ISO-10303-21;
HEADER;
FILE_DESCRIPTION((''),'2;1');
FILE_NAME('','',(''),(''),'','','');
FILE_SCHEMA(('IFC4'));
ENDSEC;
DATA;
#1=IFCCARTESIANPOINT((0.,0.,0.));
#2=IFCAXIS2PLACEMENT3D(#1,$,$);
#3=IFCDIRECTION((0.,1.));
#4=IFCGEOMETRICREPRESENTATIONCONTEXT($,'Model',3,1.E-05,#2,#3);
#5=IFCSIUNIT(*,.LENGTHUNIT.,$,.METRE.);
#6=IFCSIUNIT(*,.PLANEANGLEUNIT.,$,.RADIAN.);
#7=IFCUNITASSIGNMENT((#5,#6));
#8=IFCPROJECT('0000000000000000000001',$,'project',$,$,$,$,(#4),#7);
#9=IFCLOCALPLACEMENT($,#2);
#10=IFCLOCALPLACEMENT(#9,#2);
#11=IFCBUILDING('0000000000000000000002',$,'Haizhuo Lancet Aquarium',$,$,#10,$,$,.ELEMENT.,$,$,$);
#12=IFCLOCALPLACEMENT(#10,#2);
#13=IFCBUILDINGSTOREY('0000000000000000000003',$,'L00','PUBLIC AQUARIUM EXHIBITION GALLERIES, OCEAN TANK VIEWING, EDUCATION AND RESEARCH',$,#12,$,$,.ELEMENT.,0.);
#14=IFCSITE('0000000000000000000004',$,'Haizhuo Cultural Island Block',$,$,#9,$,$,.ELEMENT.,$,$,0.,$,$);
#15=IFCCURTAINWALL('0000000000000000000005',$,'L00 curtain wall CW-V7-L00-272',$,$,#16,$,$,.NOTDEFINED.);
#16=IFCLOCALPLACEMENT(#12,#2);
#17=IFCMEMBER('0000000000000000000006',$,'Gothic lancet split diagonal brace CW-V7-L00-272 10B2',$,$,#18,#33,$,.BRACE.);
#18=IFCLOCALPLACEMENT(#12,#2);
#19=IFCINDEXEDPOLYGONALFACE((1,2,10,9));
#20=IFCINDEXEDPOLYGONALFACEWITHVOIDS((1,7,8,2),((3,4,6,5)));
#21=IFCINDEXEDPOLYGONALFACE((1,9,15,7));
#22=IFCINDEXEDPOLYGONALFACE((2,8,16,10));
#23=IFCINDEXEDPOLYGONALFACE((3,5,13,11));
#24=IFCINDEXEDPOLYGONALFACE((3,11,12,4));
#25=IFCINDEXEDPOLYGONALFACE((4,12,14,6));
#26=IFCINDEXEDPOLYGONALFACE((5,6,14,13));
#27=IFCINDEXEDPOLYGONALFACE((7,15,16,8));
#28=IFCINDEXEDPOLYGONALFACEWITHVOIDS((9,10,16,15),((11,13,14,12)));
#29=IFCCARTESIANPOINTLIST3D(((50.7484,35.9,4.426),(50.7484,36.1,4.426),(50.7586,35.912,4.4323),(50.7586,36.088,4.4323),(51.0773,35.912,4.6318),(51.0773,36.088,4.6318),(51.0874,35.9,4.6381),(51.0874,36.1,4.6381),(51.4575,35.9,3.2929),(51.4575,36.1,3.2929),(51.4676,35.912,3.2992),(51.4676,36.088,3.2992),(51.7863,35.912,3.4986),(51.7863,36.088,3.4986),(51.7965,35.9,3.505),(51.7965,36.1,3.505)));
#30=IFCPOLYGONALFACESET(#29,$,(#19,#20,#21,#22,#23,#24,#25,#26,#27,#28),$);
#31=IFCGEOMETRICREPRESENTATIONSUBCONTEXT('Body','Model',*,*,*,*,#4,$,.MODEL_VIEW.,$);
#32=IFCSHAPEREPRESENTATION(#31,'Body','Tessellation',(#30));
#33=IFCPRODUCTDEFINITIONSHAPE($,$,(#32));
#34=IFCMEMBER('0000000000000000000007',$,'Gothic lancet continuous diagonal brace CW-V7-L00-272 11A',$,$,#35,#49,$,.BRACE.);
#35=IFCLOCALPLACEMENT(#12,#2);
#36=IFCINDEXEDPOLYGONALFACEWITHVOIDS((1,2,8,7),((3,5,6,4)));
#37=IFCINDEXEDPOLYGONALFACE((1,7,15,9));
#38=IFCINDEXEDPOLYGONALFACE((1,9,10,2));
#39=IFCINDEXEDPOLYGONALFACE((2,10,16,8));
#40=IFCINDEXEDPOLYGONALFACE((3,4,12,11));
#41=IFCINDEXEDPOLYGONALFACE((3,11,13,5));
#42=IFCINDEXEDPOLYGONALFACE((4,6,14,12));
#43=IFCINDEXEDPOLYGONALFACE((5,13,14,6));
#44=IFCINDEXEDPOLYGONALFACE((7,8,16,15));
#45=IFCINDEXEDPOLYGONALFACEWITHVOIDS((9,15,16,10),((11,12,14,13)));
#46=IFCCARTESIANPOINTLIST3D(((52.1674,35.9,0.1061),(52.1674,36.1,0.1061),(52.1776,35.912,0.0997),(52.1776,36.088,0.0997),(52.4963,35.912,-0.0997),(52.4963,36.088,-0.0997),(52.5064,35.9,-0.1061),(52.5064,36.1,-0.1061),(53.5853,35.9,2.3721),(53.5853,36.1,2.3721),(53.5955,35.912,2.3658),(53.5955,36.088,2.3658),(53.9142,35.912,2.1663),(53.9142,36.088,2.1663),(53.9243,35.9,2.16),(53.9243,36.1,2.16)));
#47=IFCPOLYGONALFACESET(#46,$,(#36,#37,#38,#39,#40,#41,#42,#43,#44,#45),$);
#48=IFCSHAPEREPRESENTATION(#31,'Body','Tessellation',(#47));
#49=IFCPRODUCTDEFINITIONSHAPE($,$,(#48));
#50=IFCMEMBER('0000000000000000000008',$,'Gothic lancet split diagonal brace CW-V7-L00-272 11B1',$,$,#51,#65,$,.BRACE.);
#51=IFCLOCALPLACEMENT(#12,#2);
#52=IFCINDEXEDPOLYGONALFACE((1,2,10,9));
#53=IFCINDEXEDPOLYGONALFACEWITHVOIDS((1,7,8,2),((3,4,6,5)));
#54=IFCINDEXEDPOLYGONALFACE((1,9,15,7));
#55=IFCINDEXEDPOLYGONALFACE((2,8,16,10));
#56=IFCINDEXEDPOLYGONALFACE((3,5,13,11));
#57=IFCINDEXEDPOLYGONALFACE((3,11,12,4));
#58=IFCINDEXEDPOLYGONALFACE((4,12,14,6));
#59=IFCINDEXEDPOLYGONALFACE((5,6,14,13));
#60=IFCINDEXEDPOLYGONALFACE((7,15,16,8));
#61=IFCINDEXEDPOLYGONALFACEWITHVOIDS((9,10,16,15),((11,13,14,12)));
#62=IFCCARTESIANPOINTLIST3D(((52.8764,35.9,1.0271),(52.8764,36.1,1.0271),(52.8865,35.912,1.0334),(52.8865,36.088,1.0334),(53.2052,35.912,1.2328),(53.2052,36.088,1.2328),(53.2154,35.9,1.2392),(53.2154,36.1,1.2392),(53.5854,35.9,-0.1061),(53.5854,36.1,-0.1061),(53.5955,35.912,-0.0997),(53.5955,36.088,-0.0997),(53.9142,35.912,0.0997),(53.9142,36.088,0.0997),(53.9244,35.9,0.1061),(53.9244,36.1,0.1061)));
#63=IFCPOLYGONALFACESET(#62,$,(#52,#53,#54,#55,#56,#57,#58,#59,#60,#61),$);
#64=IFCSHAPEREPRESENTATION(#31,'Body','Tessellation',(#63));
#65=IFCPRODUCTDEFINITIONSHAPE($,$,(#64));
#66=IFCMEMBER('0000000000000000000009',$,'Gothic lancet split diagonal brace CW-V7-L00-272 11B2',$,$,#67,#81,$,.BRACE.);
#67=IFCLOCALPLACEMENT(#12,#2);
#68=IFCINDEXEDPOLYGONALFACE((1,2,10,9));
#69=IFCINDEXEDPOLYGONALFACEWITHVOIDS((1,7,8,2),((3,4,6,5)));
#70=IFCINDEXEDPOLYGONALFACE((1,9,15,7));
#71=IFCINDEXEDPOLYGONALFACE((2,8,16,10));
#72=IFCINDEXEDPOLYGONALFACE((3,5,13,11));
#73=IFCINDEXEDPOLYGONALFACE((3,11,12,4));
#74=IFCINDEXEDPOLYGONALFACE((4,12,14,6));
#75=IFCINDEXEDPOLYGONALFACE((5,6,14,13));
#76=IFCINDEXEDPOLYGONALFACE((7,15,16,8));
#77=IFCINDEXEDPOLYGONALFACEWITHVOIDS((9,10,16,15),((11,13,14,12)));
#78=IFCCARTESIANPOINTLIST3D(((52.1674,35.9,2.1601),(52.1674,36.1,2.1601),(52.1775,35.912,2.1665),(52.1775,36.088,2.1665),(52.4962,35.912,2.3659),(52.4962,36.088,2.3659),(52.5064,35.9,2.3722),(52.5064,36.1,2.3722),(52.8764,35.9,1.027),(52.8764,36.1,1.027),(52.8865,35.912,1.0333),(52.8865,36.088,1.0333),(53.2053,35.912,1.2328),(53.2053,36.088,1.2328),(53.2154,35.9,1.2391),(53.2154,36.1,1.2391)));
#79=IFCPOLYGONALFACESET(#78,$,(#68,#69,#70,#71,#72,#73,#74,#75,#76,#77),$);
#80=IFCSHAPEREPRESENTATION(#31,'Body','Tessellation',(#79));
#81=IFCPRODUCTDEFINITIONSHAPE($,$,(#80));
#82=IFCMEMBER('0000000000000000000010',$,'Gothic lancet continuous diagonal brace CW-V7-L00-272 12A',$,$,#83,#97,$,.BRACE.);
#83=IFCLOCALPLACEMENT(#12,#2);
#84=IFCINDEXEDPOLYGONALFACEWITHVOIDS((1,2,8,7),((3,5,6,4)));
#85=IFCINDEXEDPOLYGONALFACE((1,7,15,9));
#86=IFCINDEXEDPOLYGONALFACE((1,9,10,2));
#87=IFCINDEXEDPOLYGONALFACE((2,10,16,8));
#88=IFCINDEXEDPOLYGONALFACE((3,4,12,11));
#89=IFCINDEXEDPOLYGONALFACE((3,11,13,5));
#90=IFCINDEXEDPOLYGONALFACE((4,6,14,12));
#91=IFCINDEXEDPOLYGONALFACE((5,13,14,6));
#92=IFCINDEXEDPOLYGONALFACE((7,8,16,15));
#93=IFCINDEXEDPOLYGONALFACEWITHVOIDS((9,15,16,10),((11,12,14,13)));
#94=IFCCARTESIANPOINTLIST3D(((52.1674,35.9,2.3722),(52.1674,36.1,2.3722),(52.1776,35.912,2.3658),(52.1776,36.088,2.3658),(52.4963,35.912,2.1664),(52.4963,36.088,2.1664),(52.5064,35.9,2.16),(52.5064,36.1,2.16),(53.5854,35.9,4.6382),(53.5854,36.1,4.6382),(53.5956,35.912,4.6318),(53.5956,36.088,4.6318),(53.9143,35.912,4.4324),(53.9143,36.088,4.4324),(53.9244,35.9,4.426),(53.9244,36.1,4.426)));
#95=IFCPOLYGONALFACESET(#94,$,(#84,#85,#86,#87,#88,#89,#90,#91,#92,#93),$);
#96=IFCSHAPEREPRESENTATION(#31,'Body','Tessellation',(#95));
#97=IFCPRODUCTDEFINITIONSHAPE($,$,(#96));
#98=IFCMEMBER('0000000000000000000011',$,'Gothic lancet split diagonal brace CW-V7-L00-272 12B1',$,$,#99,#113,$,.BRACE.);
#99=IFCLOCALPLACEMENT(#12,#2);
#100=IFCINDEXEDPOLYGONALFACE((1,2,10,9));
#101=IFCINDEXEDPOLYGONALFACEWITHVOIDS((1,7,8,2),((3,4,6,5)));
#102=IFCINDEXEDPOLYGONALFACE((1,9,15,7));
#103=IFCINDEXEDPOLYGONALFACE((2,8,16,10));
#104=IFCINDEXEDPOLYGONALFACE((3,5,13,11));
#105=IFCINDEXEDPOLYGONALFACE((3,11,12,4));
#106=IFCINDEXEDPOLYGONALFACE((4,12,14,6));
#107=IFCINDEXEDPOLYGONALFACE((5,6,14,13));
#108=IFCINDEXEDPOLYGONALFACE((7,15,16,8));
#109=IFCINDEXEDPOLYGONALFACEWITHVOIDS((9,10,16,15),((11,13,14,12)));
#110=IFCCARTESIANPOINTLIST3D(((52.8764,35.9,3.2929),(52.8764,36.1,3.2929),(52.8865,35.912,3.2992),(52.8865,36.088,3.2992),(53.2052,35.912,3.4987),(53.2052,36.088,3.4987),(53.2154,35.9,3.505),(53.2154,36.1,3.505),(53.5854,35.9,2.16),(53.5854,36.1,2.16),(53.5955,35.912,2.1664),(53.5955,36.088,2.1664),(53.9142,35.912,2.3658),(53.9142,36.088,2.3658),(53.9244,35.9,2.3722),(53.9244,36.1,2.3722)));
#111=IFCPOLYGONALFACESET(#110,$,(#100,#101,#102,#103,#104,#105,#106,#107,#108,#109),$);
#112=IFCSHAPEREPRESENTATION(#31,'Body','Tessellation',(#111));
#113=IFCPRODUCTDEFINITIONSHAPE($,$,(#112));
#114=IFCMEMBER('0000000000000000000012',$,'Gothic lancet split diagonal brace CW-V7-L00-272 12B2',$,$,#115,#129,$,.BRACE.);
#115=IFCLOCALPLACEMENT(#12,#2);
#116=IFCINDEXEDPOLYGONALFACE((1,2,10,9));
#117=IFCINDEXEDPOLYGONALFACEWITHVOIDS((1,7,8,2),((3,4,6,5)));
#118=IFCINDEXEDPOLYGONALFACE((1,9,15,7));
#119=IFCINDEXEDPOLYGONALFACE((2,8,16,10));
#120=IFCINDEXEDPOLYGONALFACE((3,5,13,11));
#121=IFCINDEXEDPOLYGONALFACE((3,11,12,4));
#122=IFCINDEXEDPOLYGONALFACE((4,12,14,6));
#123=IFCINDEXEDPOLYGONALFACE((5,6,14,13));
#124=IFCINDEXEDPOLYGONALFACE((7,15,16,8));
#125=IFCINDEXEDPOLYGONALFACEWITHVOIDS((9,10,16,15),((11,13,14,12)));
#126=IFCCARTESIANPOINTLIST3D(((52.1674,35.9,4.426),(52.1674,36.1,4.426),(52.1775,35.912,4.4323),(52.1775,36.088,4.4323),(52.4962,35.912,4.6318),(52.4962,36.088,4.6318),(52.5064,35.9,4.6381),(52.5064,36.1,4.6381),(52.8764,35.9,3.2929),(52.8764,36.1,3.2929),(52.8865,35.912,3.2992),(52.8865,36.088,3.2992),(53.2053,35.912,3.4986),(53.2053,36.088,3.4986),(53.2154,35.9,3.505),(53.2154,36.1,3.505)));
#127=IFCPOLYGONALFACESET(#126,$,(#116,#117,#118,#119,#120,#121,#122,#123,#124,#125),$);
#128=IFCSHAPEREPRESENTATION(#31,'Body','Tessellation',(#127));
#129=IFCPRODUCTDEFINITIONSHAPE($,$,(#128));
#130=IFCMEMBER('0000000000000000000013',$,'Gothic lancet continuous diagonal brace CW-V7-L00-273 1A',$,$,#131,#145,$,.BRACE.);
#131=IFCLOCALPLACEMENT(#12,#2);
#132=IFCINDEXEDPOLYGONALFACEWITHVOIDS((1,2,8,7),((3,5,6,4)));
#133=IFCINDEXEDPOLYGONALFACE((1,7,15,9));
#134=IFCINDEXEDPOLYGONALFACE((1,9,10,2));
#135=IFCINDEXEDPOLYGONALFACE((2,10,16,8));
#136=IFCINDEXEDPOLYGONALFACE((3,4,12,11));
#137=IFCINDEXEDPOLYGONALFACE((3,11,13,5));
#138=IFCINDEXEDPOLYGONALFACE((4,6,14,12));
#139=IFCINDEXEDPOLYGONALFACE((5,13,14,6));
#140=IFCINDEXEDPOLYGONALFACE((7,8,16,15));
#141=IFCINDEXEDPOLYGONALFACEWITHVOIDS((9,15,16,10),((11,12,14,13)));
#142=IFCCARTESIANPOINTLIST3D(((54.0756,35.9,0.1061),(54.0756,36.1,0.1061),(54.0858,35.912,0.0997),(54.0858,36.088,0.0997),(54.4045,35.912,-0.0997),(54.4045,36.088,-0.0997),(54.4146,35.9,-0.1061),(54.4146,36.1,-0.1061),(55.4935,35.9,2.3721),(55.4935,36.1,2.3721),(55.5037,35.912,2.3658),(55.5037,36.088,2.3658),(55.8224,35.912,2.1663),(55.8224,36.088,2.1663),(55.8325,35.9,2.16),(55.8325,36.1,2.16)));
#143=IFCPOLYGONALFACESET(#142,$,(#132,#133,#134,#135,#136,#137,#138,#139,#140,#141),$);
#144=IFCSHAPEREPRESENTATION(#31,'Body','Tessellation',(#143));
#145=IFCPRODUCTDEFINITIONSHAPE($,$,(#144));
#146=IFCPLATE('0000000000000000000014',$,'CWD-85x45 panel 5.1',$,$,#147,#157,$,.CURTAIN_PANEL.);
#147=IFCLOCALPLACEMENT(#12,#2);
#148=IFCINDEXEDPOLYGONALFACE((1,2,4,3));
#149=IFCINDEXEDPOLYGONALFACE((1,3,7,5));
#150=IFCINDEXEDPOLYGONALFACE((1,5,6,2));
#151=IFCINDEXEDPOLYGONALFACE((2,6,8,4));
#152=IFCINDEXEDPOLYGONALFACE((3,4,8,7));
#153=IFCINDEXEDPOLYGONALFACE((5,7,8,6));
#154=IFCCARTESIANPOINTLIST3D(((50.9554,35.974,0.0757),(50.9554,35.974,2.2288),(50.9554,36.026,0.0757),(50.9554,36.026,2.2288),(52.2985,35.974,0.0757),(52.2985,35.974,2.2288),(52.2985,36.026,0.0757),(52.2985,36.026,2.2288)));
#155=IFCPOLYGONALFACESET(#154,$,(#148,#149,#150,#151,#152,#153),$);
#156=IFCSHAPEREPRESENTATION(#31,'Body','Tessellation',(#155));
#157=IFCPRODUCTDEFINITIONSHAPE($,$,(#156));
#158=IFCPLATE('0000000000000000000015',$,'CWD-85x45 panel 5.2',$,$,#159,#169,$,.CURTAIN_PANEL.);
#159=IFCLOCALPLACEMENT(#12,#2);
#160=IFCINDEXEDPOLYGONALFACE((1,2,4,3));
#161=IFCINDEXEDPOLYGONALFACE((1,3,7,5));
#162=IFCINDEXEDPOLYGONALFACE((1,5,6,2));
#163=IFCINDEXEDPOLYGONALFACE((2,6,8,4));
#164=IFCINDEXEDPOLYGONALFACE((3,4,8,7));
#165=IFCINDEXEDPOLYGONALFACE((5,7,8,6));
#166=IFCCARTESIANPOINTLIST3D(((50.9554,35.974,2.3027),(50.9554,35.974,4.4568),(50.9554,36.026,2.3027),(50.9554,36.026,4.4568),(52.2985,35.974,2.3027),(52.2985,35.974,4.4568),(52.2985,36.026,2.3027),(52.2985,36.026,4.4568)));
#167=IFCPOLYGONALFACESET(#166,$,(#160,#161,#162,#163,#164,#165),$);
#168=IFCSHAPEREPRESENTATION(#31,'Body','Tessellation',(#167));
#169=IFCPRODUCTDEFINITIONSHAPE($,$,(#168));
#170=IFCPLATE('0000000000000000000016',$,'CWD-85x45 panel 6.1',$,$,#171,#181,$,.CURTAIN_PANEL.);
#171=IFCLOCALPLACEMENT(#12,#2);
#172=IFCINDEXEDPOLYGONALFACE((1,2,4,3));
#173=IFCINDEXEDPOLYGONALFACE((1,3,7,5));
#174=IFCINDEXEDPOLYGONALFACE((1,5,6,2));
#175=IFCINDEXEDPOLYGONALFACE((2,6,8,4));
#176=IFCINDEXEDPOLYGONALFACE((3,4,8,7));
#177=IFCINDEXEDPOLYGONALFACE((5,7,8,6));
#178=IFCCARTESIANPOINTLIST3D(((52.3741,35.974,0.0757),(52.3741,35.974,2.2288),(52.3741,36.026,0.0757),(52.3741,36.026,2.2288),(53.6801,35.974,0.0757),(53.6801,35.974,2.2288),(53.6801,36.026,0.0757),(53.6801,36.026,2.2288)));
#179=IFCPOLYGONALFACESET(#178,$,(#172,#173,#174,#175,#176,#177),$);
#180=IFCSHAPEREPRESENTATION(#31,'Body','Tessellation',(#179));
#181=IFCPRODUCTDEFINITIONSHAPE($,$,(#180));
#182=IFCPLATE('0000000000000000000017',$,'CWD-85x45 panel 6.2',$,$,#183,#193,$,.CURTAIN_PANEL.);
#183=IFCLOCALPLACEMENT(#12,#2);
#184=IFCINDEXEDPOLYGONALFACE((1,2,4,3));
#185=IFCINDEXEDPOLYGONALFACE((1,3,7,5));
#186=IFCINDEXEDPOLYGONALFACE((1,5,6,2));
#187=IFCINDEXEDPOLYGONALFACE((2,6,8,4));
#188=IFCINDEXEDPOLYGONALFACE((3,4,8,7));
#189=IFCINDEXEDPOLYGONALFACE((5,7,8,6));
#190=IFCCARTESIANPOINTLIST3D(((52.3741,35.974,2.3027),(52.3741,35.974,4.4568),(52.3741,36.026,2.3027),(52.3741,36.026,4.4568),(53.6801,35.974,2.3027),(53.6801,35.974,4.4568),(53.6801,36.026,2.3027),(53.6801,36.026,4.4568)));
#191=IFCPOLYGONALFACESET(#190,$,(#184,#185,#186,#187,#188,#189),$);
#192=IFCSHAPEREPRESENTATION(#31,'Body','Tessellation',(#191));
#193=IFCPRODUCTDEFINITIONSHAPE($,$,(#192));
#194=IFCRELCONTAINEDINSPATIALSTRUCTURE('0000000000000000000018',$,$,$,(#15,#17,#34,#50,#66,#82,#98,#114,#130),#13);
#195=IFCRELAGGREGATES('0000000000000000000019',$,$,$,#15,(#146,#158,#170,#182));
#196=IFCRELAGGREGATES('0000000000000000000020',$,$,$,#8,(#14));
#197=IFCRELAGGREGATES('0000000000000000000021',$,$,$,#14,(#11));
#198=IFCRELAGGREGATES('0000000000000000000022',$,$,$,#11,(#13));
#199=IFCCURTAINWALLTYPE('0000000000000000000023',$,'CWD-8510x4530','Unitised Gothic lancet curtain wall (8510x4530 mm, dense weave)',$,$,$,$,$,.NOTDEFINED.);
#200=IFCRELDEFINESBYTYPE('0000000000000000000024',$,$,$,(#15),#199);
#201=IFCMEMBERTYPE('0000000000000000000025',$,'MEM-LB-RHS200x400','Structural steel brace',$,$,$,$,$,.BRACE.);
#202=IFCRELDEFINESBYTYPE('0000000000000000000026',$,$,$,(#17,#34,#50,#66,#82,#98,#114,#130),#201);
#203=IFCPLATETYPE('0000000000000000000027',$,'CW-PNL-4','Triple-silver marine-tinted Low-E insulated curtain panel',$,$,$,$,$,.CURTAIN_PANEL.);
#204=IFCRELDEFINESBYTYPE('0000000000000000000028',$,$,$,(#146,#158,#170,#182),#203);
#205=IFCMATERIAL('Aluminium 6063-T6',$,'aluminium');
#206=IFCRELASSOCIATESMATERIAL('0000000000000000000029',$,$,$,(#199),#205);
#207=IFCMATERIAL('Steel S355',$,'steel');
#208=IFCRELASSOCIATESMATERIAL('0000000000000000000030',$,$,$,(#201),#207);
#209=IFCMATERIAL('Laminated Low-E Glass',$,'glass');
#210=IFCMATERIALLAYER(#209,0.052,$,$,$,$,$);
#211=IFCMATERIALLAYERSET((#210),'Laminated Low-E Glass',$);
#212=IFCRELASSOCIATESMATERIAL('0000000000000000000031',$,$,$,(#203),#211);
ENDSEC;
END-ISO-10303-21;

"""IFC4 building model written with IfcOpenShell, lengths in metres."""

from ifc_helpers import new_model, si_unit, direction, frame, origin, origin_2d, place, context, subcontext, project, spatial, rectangle, hollow_rectangle, extrude, material, layer, layer_set, material_profile, profile_set, type_object, element, aggregate, save


model = new_model("IFC4")

# Units and contexts
model_context = context("Model", 3, precision=1e-05, world=origin(), true_north=direction((0.0, 1.0)))
body_context = subcontext(model_context, "Body", "Model", "MODEL_VIEW")
ifc_project = project(units=[si_unit("LENGTHUNIT", "METRE"), si_unit("PLANEANGLEUNIT", "RADIAN")], contexts=[model_context])

# Site, building, storey
site_placement = place(None, origin())
site = spatial("IfcSite", under=ifc_project, at=site_placement, Name="Haizhuo Cultural Island Block", CompositionType="ELEMENT", RefElevation=0.0)
building_placement = place(site_placement, origin())
building = spatial("IfcBuilding", under=site, at=building_placement, Name="Haizhuo Lancet Aquarium", CompositionType="ELEMENT")
storey_placement = place(building_placement, origin())
storey = spatial("IfcBuildingStorey", under=building, at=storey_placement, Name="L00", Description="PUBLIC AQUARIUM EXHIBITION GALLERIES, OCEAN TANK VIEWING, EDUCATION AND RESEARCH", CompositionType="ELEMENT", Elevation=0.0)

# Shared definitions
ifc_material_1 = material(Name="Steel S355", Category="steel")

# Curtain wall
ifc_material_2 = material(Name="Aluminium 6063-T6", Category="aluminium")
curtain_wall_type = type_object("IfcCurtainWallType", Name="CWD-8510x4530", Description="Unitised Gothic lancet curtain wall (8510x4530 mm, dense weave)", PredefinedType="NOTDEFINED", material=ifc_material_2)
curtain_wall_placement = place(storey_placement, origin())
curtain_wall = element("IfcCurtainWall", 1, at=curtain_wall_placement, inside=storey, type_object=curtain_wall_type, Name="L00 curtain wall CW-V7-L00-272", PredefinedType="NOTDEFINED")

# Members
ifc_material_profile_1 = material_profile(ifc_material_1, hollow_rectangle(XDim=0.2, YDim=0.3999, WallThickness=0.012, at=origin_2d()), Name="RHS 200x400x12")
ifc_profile_set_1 = profile_set([ifc_material_profile_1], Name="Steel S355")
member_type_1 = type_object("IfcMemberType", Name="MEM-LB-RHS200x400", Description="Structural steel brace", PredefinedType="BRACE", material=ifc_profile_set_1)
member_1_placement = place(storey_placement, frame((51.627, 36.0, 3.3989), z_axis=(-0.530442, 0.0, 0.847721), x_axis=(0.0, -1.0, 0.0)))
element("IfcMember", 2, at=member_1_placement, inside=storey, type_object=member_type_1, Name="Gothic lancet split diagonal brace CW-V7-L00-272 10B2", PredefinedType="BRACE", context=body_context, shape_type="SweptSolid", body=[
    extrude(hollow_rectangle(XDim=0.2, YDim=0.3999, WallThickness=0.012, at=origin_2d()), origin(), (0.0, 0.0, 1.0), 1.3367),
])
member_2_placement = place(storey_placement, frame((52.3369, 36.0, 0.0), z_axis=(0.530442, 0.0, 0.847721), x_axis=(0.0, 1.0, 0.0)))
element("IfcMember", 3, at=member_2_placement, inside=storey, type_object=member_type_1, Name="Gothic lancet continuous diagonal brace CW-V7-L00-272 11A", PredefinedType="BRACE", context=body_context, shape_type="SweptSolid", body=[
    extrude(hollow_rectangle(XDim=0.2, YDim=0.3999, WallThickness=0.012, at=origin_2d()), origin(), (0.0, 0.0, 1.0), 2.6731),
])
for number, where, z_axis, x_axis, name in (
    (4, (53.7549, 36.0, 0.0), (-0.530442, 0.0, 0.847721), (0.0, -1.0, 0.0), "Gothic lancet split diagonal brace CW-V7-L00-272 11B1"),
    (5, (53.0459, 36.0, 1.1331), (-0.530442, 0.0, 0.847721), (0.0, -1.0, 0.0), "Gothic lancet split diagonal brace CW-V7-L00-272 11B2"),
):
    element("IfcMember", number, at=place(storey_placement, frame(where, z_axis=z_axis, x_axis=x_axis)), inside=storey, type_object=member_type_1, Name=name, PredefinedType="BRACE", context=body_context, shape_type="SweptSolid", body=[
        extrude(hollow_rectangle(XDim=0.2, YDim=0.3999, WallThickness=0.012, at=origin_2d()), origin(), (0.0, 0.0, 1.0), 1.3367),
    ])
member_3_placement = place(storey_placement, frame((52.3369, 36.0, 2.2661), z_axis=(0.530483, 0.0, 0.847695), x_axis=(0.0, 1.0, 0.0)))
element("IfcMember", 6, at=member_3_placement, inside=storey, type_object=member_type_1, Name="Gothic lancet continuous diagonal brace CW-V7-L00-272 12A", PredefinedType="BRACE", context=body_context, shape_type="SweptSolid", body=[
    extrude(hollow_rectangle(XDim=0.2, YDim=0.3999, WallThickness=0.012, at=origin_2d()), origin(), (0.0, 0.0, 1.0), 2.6731),
])
member_4_placement = place(storey_placement, frame((53.7549, 36.0, 2.2661), z_axis=(-0.530524, 0.0, 0.84767), x_axis=(0.0, -1.0, 0.0)))
element("IfcMember", 7, at=member_4_placement, inside=storey, type_object=member_type_1, Name="Gothic lancet split diagonal brace CW-V7-L00-272 12B1", PredefinedType="BRACE", context=body_context, shape_type="SweptSolid", body=[
    extrude(hollow_rectangle(XDim=0.2, YDim=0.3999, WallThickness=0.012, at=origin_2d()), origin(), (0.0, 0.0, 1.0), 1.3364),
])
member_5_placement = place(storey_placement, frame((53.0459, 36.0, 3.3989), z_axis=(-0.530442, 0.0, 0.847721), x_axis=(0.0, -1.0, 0.0)))
element("IfcMember", 8, at=member_5_placement, inside=storey, type_object=member_type_1, Name="Gothic lancet split diagonal brace CW-V7-L00-272 12B2", PredefinedType="BRACE", context=body_context, shape_type="SweptSolid", body=[
    extrude(hollow_rectangle(XDim=0.2, YDim=0.3999, WallThickness=0.012, at=origin_2d()), origin(), (0.0, 0.0, 1.0), 1.3367),
])
member_6_placement = place(storey_placement, frame((54.2451, 36.0, 0.0), z_axis=(0.530442, 0.0, 0.847721), x_axis=(0.0, 1.0, 0.0)))
element("IfcMember", 9, at=member_6_placement, inside=storey, type_object=member_type_1, Name="Gothic lancet continuous diagonal brace CW-V7-L00-273 1A", PredefinedType="BRACE", context=body_context, shape_type="SweptSolid", body=[
    extrude(hollow_rectangle(XDim=0.2, YDim=0.3999, WallThickness=0.012, at=origin_2d()), origin(), (0.0, 0.0, 1.0), 2.6731),
])

# Plates
ifc_material_3 = material(Name="Laminated Low-E Glass", Category="glass")
ifc_layer = layer(ifc_material_3, 0.052)
ifc_layer_set = layer_set([ifc_layer], Name="Laminated Low-E Glass")
plate_type = type_object("IfcPlateType", Name="CW-PNL-4", Description="Triple-silver marine-tinted Low-E insulated curtain panel", PredefinedType="CURTAIN_PANEL", material=ifc_layer_set)
plate_1_placement = place(storey_placement, frame((51.627, 36.0, 0.0757), z_axis=(0.0, 0.0, 1.0), x_axis=(1.0, 0.0, 0.0)))
plate_1 = element("IfcPlate", 10, at=plate_1_placement, type_object=plate_type, Name="CWD-85x45 panel 5.1", PredefinedType="CURTAIN_PANEL", context=body_context, shape_type="SweptSolid", body=[
    extrude(rectangle(XDim=1.343, YDim=0.052, at=origin_2d()), origin(), (0.0, 0.0, 1.0), 2.1531),
])
plate_2_placement = place(storey_placement, frame((51.627, 36.0, 2.3027), z_axis=(0.0, 0.0, 1.0), x_axis=(1.0, 0.0, 0.0)))
plate_2 = element("IfcPlate", 11, at=plate_2_placement, type_object=plate_type, Name="CWD-85x45 panel 5.2", PredefinedType="CURTAIN_PANEL", context=body_context, shape_type="SweptSolid", body=[
    extrude(rectangle(XDim=1.343, YDim=0.052, at=origin_2d()), origin(), (0.0, 0.0, 1.0), 2.1541),
])
plate_3_placement = place(storey_placement, frame((53.0271, 36.0, 0.0757), z_axis=(0.0, 0.0, 1.0), x_axis=(1.0, 0.0, 0.0)))
plate_3 = element("IfcPlate", 12, at=plate_3_placement, type_object=plate_type, Name="CWD-85x45 panel 6.1", PredefinedType="CURTAIN_PANEL", context=body_context, shape_type="SweptSolid", body=[
    extrude(rectangle(XDim=1.3059, YDim=0.052, at=origin_2d()), origin(), (0.0, 0.0, 1.0), 2.1531),
])
plate_4_placement = place(storey_placement, frame((53.0271, 36.0, 2.3027), z_axis=(0.0, 0.0, 1.0), x_axis=(1.0, 0.0, 0.0)))
plate_4 = element("IfcPlate", 13, at=plate_4_placement, type_object=plate_type, Name="CWD-85x45 panel 6.2", PredefinedType="CURTAIN_PANEL", context=body_context, shape_type="SweptSolid", body=[
    extrude(rectangle(XDim=1.3059, YDim=0.052, at=origin_2d()), origin(), (0.0, 0.0, 1.0), 2.1541),
])
aggregate(curtain_wall, [plate_1, plate_2, plate_3, plate_4])

save(model, "model.ifc")
